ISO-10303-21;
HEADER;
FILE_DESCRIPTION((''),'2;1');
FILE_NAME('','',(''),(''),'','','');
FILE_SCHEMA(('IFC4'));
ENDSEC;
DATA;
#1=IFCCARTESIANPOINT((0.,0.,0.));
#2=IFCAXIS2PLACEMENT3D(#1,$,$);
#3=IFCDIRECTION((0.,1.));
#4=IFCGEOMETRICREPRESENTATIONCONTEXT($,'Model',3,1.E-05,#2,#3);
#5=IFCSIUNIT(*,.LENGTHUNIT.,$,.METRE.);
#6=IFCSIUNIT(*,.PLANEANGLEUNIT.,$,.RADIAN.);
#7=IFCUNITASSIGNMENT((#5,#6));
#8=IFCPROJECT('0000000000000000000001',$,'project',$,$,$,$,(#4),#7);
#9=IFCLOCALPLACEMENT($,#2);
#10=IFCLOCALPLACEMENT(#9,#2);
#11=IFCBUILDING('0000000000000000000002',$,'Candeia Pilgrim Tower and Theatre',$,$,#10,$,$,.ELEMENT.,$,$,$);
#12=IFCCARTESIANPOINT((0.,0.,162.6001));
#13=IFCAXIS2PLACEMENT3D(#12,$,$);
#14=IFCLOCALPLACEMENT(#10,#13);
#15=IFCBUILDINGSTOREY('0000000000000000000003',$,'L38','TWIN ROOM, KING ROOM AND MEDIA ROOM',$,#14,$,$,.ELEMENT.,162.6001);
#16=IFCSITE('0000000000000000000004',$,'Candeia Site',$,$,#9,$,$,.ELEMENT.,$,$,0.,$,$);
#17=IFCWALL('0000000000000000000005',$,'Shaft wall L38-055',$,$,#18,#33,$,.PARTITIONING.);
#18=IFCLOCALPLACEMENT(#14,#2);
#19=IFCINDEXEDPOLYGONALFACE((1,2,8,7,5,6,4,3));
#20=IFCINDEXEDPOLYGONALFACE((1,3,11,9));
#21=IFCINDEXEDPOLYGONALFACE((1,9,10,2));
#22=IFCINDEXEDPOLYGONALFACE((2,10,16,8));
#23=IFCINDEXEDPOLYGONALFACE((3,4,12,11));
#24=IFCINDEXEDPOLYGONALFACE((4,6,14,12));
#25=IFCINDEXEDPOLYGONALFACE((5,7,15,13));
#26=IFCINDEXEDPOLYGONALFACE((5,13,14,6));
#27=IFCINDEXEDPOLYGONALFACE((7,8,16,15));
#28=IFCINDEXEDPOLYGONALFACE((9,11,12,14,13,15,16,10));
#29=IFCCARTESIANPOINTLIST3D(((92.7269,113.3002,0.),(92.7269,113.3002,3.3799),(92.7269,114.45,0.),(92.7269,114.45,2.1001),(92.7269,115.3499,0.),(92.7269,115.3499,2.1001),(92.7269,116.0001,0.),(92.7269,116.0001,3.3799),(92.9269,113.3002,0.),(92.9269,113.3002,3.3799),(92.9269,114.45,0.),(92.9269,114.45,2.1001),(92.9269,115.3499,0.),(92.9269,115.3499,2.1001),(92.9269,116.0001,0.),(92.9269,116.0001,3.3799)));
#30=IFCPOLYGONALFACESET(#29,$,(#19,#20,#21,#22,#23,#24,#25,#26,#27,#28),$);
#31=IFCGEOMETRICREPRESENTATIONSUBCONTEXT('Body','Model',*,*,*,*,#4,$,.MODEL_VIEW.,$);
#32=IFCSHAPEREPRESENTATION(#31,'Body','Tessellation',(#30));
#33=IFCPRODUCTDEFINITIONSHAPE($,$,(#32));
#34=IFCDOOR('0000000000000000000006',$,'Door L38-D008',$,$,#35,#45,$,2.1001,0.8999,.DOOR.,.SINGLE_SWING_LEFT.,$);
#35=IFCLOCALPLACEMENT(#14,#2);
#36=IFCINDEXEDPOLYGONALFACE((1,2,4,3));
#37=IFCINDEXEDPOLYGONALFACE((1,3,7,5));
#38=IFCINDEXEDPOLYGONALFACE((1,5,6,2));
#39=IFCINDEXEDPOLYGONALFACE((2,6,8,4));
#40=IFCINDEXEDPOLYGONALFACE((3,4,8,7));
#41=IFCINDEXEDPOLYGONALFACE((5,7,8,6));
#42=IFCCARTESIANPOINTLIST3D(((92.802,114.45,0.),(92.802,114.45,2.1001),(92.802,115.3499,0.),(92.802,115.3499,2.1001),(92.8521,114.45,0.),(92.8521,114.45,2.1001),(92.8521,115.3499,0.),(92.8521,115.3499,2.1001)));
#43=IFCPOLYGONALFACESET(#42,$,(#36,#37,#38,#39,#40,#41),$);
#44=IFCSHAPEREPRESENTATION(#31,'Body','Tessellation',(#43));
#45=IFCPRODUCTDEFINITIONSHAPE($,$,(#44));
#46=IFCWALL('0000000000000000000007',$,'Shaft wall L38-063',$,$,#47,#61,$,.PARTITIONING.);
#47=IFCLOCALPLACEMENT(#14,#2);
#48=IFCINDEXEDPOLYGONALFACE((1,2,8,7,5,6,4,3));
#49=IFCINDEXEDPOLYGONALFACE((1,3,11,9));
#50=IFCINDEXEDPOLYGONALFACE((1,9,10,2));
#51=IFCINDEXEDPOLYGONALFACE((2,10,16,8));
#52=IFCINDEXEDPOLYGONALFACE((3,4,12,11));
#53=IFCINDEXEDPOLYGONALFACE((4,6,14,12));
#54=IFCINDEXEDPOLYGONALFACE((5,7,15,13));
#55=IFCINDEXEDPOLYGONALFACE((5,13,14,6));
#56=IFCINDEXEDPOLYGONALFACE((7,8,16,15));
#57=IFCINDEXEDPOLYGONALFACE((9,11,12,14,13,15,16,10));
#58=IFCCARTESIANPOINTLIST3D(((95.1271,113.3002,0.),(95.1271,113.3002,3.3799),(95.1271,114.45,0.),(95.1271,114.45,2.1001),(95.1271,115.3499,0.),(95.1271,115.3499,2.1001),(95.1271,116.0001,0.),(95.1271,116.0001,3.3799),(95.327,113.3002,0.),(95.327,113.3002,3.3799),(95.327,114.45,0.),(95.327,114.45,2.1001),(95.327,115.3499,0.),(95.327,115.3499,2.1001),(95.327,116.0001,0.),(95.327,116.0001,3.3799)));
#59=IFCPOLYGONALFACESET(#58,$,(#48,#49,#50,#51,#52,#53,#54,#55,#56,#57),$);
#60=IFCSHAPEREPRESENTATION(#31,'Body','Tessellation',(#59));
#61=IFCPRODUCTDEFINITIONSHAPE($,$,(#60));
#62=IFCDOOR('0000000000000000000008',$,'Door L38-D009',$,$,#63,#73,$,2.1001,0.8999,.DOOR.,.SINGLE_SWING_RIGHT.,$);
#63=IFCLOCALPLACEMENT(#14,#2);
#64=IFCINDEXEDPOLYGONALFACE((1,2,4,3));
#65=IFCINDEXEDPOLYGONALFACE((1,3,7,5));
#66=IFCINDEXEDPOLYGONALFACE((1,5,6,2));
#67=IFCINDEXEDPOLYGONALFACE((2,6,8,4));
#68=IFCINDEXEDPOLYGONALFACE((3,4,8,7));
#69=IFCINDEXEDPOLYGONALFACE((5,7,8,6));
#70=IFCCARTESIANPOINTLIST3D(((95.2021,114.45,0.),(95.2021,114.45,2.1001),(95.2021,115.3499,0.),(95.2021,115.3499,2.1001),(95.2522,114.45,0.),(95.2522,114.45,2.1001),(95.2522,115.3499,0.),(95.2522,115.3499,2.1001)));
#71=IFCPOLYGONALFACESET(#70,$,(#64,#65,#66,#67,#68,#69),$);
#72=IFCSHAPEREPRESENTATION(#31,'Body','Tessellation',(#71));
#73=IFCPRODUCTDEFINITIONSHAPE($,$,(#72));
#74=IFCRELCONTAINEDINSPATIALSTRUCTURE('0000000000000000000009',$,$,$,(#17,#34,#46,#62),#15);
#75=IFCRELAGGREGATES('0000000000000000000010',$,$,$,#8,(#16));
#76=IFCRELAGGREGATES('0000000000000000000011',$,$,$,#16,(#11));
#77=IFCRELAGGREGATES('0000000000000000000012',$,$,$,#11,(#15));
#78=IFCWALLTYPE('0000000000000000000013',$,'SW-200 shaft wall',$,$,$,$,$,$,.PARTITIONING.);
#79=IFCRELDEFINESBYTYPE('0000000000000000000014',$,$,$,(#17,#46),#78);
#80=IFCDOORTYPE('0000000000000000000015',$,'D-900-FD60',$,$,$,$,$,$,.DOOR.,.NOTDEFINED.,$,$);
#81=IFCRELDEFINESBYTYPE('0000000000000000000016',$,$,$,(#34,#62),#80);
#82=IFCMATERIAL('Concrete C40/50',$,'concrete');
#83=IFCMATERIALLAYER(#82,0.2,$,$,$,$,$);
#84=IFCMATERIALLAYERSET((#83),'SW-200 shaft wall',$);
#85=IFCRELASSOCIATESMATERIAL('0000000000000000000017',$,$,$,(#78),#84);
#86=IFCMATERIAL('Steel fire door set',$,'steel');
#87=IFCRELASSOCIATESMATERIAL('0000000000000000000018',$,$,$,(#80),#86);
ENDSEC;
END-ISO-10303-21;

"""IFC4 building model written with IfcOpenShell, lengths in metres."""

from ifc_helpers import new_model, si_unit, direction, frame, frame_2d, origin, place, context, subcontext, project, spatial, rectangle, extrude, material, layer, layer_set, type_object, element, fill, save


model = new_model("IFC4")

# Units and contexts
model_context = context("Model", 3, precision=1e-05, world=origin(), true_north=direction((0.0, 1.0)))
body_context = subcontext(model_context, "Body", "Model", "MODEL_VIEW")
ifc_project = project(units=[si_unit("LENGTHUNIT", "METRE"), si_unit("PLANEANGLEUNIT", "RADIAN")], contexts=[model_context])

# Site, building, storey
site_placement = place(None, origin())
site = spatial("IfcSite", under=ifc_project, at=site_placement, Name="Candeia Site", CompositionType="ELEMENT", RefElevation=0.0)
building_placement = place(site_placement, origin())
building = spatial("IfcBuilding", under=site, at=building_placement, Name="Candeia Pilgrim Tower and Theatre", CompositionType="ELEMENT")
storey_placement = place(building_placement, frame((0.0, 0.0, 162.6001)))
storey = spatial("IfcBuildingStorey", under=building, at=storey_placement, Name="L38", Description="TWIN ROOM, KING ROOM AND MEDIA ROOM", CompositionType="ELEMENT", Elevation=162.6001)

# Shared definitions
ifc_material_1 = material(Name="Steel fire door set", Category="steel")

# Walls, openings, doors
ifc_material_2 = material(Name="Concrete C40/50", Category="concrete")
ifc_layer_1 = layer(ifc_material_2, 0.2)
ifc_layer_set_1 = layer_set([ifc_layer_1], Name="SW-200 shaft wall")
wall_type_1 = type_object("IfcWallType", Name="SW-200 shaft wall", PredefinedType="PARTITIONING", material=ifc_layer_set_1)
wall_1_placement = place(storey_placement, frame((92.8269, 113.3, 0.0), z_axis=(0.0, 0.0, 1.0), x_axis=(0.0, 1.0, 0.0)))
wall_1 = element("IfcWall", 1, at=wall_1_placement, inside=storey, type_object=wall_type_1, Name="Shaft wall L38-055", PredefinedType="PARTITIONING", context=body_context, shape_type="SweptSolid", body=[
    extrude(rectangle(XDim=2.7, YDim=0.2, at=frame_2d((1.3501, 0.0))), origin(), (0.0, 0.0, 1.0), 3.3799),
])
opening_1_placement = place(wall_1_placement, frame((1.1499, 0.0, 0.0)))
opening_1 = element("IfcOpeningElement", 2, at=opening_1_placement, cuts=wall_1, PredefinedType="OPENING", context=body_context, shape_type="SweptSolid", body=[
    extrude(rectangle(XDim=0.8999, YDim=2.1001, at=frame_2d((0.45, 1.05))), frame((0.0, 0.1099, 0.0), z_axis=(0.0, -1.0, 0.0), x_axis=(1.0, 0.0, 0.0)), (0.0, 0.0, 1.0), 0.22),
])
door_type_1 = type_object("IfcDoorType", Name="D-900-FD60", OperationType="NOTDEFINED", PredefinedType="DOOR", material=ifc_material_1)
door_1_placement = place(opening_1_placement, origin())
door_1 = element("IfcDoor", 3, at=door_1_placement, inside=storey, type_object=door_type_1, Name="Door L38-D008", OperationType="SINGLE_SWING_LEFT", OverallHeight=2.1001, OverallWidth=0.8999, PredefinedType="DOOR", context=body_context, shape_type="SweptSolid", body=[
    extrude(rectangle(XDim=0.8999, YDim=2.1001, at=frame_2d((0.45, 1.05))), frame((0.0, 0.0249, 0.0), z_axis=(0.0, -1.0, 0.0), x_axis=(1.0, 0.0, 0.0)), (0.0, 0.0, 1.0), 0.05),
])
fill(opening_1, door_1)
wall_2_placement = place(storey_placement, frame((95.2271, 113.3, 0.0), z_axis=(0.0, 0.0, 1.0), x_axis=(0.0, 1.0, 0.0)))
wall_2 = element("IfcWall", 4, at=wall_2_placement, inside=storey, type_object=wall_type_1, Name="Shaft wall L38-063", PredefinedType="PARTITIONING", context=body_context, shape_type="SweptSolid", body=[
    extrude(rectangle(XDim=2.7, YDim=0.2, at=frame_2d((1.3501, 0.0))), origin(), (0.0, 0.0, 1.0), 3.3799),
])
opening_2_placement = place(wall_2_placement, frame((1.1499, 0.0, 0.0)))
opening_2 = element("IfcOpeningElement", 5, at=opening_2_placement, cuts=wall_2, PredefinedType="OPENING", context=body_context, shape_type="SweptSolid", body=[
    extrude(rectangle(XDim=0.8999, YDim=2.1001, at=frame_2d((0.45, 1.05))), frame((0.0, 0.1099, 0.0), z_axis=(0.0, -1.0, 0.0), x_axis=(1.0, 0.0, 0.0)), (0.0, 0.0, 1.0), 0.22),
])
door_2_placement = place(opening_2_placement, origin())
door_2 = element("IfcDoor", 6, at=door_2_placement, inside=storey, type_object=door_type_1, Name="Door L38-D009", OperationType="SINGLE_SWING_RIGHT", OverallHeight=2.1001, OverallWidth=0.8999, PredefinedType="DOOR", context=body_context, shape_type="SweptSolid", body=[
    extrude(rectangle(XDim=0.8999, YDim=2.1001, at=frame_2d((0.45, 1.05))), frame((0.0, 0.0249, 0.0), z_axis=(0.0, -1.0, 0.0), x_axis=(1.0, 0.0, 0.0)), (0.0, 0.0, 1.0), 0.05),
])
fill(opening_2, door_2)

save(model, "model.ifc")
